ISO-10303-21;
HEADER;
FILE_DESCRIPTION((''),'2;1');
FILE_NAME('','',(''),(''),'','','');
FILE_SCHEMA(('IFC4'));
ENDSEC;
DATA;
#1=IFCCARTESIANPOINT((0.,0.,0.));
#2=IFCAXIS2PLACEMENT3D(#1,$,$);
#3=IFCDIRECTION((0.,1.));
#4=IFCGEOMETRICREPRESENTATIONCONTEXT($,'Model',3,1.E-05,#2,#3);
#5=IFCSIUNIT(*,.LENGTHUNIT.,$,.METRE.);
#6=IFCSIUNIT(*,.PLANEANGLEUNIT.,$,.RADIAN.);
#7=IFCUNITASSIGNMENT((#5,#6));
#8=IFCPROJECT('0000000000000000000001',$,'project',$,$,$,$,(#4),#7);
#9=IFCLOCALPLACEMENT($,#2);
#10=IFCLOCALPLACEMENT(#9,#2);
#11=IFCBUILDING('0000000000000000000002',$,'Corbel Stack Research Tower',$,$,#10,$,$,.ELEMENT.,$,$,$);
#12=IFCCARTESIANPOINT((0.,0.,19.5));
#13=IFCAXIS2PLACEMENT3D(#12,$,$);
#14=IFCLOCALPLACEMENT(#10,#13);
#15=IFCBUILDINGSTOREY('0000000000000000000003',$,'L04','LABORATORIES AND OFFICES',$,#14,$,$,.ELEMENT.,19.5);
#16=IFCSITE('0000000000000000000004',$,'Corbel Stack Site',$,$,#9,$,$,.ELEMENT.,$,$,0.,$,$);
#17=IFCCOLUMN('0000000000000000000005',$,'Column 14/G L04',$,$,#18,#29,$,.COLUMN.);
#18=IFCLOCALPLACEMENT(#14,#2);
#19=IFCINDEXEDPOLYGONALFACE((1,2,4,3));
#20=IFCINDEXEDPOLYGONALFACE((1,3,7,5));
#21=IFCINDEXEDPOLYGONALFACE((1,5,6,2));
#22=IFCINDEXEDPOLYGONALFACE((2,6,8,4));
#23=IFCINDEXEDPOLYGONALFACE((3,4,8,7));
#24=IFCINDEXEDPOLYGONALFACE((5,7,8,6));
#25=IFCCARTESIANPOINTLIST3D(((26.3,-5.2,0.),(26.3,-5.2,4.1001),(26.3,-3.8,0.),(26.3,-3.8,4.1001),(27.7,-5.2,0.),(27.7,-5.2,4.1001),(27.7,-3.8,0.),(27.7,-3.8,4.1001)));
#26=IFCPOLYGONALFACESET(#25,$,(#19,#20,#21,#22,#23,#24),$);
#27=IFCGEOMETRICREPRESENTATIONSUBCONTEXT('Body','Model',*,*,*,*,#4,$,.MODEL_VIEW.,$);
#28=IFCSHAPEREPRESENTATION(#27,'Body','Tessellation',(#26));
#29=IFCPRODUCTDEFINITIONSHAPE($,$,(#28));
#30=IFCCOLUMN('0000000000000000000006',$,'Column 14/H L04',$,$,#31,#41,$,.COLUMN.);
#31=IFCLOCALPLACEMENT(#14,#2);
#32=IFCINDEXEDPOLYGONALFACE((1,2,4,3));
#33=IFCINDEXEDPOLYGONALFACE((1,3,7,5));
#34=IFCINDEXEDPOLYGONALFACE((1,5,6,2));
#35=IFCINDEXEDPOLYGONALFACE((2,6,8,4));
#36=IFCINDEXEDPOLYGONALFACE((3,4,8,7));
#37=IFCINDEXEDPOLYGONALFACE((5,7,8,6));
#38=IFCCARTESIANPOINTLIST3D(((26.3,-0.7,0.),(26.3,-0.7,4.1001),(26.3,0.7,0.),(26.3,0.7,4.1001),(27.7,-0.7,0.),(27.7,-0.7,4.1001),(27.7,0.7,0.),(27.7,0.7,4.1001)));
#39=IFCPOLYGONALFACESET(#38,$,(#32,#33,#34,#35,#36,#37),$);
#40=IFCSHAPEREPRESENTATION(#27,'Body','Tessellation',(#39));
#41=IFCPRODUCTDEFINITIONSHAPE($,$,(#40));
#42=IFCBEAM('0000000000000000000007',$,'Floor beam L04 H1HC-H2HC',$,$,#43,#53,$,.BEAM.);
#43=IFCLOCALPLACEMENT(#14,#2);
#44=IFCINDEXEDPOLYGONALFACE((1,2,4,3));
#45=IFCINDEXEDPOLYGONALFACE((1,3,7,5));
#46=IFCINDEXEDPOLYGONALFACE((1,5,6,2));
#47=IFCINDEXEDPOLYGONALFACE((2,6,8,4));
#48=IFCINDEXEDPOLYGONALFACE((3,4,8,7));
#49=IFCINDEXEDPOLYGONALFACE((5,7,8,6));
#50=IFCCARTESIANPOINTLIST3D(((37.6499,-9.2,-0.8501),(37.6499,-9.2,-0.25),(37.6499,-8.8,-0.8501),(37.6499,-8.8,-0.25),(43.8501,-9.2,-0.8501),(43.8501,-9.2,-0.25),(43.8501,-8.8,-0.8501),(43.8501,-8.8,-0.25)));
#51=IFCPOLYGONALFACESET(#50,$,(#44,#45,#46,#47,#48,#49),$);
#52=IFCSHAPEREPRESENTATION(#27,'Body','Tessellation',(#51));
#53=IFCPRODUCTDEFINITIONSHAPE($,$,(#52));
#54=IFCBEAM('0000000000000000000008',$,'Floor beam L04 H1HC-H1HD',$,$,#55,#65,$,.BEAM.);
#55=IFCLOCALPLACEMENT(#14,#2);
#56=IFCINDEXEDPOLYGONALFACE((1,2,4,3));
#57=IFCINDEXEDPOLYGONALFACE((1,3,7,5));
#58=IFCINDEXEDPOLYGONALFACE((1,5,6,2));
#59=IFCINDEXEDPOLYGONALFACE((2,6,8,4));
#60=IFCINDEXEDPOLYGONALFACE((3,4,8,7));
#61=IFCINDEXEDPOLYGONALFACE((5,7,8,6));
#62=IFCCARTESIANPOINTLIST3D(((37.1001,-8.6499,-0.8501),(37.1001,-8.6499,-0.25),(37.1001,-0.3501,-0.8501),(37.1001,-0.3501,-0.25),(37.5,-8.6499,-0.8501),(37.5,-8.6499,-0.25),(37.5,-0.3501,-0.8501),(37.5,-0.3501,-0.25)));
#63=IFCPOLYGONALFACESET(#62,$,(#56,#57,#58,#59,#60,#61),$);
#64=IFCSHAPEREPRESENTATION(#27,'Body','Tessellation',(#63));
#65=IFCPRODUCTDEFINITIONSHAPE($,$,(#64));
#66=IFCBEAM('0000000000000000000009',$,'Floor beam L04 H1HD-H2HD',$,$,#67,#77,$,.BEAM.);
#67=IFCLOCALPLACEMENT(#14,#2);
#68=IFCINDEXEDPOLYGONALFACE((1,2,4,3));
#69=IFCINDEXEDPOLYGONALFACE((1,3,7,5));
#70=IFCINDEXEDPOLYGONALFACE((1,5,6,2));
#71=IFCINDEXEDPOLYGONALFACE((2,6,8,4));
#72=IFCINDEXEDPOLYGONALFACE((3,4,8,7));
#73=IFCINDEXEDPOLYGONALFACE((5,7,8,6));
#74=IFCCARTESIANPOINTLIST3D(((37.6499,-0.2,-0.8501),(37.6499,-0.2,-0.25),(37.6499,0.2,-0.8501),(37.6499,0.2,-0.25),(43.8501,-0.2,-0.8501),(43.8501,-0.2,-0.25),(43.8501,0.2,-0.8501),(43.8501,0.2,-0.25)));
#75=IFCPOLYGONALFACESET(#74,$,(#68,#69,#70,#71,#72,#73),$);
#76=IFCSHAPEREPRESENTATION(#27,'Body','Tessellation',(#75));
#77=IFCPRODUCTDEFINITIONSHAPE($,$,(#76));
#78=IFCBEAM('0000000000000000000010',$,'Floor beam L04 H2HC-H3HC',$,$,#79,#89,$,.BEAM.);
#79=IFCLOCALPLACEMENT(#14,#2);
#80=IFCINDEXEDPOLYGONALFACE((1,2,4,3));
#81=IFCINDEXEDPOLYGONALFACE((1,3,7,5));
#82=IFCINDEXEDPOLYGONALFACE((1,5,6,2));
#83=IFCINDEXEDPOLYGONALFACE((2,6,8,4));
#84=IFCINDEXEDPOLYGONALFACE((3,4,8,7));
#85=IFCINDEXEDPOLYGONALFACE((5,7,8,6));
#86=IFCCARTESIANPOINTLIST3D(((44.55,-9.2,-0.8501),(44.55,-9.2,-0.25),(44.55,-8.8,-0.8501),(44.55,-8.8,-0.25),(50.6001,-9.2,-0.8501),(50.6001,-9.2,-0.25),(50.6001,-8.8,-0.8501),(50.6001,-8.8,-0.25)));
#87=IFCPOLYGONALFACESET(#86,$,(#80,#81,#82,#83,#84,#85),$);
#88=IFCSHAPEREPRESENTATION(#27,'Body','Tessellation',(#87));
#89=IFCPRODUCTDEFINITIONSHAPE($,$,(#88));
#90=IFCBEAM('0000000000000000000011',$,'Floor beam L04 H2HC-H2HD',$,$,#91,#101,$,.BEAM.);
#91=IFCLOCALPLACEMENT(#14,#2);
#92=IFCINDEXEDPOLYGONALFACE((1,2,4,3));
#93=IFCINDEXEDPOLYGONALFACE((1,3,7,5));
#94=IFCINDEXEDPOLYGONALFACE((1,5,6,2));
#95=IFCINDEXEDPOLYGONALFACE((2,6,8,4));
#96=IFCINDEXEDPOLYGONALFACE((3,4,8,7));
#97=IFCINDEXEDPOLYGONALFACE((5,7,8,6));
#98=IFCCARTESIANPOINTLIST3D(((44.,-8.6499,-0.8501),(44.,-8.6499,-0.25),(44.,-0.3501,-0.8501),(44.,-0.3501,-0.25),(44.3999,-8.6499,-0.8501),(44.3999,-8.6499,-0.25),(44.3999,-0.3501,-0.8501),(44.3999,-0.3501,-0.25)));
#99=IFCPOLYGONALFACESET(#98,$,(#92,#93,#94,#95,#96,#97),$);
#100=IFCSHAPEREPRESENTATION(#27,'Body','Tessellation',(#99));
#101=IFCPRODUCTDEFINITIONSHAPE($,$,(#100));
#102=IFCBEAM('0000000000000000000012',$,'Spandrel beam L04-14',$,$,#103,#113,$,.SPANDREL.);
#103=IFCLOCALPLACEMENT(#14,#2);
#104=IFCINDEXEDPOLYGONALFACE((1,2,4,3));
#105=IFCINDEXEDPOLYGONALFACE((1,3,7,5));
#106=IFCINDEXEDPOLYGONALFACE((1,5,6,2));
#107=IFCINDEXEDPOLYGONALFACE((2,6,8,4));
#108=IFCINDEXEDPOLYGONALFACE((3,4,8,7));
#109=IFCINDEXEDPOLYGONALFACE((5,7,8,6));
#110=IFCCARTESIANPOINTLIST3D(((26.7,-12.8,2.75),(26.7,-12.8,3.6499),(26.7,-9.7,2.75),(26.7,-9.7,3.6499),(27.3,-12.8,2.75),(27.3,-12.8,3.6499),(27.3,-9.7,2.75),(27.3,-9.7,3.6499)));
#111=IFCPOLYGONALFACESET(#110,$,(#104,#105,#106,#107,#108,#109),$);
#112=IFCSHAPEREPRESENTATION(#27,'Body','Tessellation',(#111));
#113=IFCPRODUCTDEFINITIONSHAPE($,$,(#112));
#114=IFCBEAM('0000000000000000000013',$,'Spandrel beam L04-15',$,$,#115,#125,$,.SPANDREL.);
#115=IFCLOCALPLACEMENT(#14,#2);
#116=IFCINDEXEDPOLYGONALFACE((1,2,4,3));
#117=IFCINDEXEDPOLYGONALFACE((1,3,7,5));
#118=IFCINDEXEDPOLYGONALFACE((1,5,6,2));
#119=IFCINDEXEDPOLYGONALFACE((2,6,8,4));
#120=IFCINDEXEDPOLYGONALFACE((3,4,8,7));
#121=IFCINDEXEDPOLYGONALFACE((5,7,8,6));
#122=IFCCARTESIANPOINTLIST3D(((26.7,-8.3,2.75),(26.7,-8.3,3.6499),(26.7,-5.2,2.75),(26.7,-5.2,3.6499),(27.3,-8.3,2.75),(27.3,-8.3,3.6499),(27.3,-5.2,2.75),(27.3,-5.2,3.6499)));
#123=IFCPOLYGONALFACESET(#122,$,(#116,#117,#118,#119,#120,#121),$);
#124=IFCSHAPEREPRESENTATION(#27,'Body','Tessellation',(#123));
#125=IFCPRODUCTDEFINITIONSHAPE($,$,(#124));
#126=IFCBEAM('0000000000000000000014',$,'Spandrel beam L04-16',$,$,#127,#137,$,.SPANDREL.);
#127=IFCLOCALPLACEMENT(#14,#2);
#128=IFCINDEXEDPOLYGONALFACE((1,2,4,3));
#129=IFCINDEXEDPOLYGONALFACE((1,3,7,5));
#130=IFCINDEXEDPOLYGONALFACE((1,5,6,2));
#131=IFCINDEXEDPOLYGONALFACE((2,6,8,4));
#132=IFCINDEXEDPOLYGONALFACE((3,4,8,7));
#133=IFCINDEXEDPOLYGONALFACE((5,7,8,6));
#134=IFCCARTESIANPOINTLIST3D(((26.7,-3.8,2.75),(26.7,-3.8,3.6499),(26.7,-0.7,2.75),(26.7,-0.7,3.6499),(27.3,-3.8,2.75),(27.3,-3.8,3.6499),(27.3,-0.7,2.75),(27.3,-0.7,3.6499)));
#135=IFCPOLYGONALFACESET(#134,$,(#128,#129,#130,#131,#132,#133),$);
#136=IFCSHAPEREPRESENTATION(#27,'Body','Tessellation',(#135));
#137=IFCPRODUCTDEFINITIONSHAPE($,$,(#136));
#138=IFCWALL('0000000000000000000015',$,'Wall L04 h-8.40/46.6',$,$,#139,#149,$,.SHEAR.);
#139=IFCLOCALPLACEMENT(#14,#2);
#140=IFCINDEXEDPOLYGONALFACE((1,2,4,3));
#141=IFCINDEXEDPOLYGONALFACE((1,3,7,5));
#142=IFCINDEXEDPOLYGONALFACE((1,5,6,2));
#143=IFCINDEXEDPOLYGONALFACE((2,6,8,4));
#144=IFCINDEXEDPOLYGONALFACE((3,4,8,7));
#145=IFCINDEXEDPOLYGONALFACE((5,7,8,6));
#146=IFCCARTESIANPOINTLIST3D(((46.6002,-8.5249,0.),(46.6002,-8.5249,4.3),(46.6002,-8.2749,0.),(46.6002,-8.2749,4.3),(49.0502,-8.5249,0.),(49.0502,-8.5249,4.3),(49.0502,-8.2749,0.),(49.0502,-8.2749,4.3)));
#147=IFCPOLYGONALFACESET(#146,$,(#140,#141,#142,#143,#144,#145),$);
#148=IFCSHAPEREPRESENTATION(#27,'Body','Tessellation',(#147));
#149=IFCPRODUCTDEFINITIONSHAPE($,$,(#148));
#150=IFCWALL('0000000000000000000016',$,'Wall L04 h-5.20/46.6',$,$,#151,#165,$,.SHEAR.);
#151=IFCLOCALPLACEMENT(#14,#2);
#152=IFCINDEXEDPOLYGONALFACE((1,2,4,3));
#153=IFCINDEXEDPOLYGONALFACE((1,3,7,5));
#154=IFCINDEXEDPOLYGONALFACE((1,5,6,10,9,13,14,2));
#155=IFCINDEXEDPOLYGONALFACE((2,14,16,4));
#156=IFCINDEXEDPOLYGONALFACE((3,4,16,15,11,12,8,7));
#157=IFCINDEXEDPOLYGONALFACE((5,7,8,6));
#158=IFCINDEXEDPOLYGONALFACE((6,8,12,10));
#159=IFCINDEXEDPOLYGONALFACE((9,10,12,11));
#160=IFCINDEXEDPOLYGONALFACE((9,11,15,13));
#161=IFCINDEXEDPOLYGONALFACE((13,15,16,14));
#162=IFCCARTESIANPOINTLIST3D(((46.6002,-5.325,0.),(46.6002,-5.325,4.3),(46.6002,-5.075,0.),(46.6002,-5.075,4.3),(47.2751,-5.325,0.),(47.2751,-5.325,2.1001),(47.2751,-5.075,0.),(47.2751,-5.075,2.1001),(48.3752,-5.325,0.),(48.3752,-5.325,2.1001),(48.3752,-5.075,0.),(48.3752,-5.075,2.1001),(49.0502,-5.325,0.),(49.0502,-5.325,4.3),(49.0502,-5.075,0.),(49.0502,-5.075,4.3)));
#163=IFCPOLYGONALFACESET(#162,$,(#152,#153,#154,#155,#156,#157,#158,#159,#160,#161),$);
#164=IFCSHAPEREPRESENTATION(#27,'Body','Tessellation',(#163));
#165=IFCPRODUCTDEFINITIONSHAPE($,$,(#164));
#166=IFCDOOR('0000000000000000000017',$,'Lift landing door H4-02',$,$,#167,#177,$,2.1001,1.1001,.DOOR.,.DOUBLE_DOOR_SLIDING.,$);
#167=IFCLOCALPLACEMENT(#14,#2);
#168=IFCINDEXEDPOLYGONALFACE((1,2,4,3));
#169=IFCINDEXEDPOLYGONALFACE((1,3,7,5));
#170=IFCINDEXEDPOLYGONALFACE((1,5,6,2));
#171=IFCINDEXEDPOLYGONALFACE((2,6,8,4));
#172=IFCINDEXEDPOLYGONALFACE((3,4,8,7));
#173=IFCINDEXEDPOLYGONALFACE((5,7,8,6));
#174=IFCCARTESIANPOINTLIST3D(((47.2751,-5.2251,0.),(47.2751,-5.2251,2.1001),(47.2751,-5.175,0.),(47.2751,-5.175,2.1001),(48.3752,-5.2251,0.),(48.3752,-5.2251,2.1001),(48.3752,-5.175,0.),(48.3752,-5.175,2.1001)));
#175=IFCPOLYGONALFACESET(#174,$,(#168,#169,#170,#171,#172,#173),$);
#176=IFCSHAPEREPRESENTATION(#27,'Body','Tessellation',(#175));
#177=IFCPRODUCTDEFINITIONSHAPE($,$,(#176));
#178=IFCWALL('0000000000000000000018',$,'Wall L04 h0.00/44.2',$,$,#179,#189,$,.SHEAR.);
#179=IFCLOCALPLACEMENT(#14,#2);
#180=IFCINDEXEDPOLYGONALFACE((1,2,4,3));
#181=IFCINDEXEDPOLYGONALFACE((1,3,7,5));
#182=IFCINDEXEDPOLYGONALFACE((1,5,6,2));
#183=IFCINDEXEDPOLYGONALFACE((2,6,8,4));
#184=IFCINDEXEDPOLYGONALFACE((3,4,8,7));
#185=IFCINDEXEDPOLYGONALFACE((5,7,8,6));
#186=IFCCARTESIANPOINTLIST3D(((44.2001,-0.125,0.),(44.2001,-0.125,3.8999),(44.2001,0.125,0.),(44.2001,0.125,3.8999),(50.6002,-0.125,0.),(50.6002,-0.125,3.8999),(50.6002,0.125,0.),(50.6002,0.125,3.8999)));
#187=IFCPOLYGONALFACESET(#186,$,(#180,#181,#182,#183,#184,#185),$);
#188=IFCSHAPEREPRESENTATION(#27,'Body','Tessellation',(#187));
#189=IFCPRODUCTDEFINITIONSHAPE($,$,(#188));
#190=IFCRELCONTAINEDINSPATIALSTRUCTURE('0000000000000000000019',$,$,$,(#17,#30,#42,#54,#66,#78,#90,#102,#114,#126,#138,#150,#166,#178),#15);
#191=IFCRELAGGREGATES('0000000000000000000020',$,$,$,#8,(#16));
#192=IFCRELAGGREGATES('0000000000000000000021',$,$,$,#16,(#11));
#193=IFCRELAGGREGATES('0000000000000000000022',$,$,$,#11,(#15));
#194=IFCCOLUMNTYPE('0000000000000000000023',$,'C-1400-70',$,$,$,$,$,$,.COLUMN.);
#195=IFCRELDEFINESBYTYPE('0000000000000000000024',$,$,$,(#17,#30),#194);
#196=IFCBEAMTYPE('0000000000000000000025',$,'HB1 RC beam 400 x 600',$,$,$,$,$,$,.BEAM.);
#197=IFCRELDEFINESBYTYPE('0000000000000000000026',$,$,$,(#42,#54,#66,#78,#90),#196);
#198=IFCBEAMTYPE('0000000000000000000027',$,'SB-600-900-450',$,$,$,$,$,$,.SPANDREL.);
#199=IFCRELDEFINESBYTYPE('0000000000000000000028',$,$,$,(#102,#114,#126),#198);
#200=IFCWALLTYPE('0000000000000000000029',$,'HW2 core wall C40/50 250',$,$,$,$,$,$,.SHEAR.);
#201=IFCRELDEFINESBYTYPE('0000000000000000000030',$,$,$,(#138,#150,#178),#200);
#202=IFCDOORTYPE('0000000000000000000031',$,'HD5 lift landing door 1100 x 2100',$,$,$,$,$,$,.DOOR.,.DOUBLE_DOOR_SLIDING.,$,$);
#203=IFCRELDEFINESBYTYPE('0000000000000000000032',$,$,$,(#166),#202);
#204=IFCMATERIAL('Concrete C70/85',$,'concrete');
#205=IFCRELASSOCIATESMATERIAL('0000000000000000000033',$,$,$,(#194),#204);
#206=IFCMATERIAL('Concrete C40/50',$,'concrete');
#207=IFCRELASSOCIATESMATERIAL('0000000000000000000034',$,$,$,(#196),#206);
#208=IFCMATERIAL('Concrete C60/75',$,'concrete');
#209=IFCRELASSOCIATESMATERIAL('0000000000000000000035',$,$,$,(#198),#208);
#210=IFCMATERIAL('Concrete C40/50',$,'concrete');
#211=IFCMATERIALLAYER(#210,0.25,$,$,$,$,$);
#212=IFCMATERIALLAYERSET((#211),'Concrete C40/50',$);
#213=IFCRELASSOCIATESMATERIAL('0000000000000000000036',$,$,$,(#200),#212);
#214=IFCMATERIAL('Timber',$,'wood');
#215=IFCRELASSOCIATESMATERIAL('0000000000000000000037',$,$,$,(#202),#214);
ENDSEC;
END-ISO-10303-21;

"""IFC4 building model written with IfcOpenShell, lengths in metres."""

from ifc_helpers import new_model, si_unit, direction, frame, frame_2d, origin, origin_2d, place, context, subcontext, project, spatial, rectangle, extrude, material, layer, layer_set, material_profile, profile_set, type_object, element, fill, save


model = new_model("IFC4")

# Units and contexts
model_context = context("Model", 3, precision=1e-05, world=origin(), true_north=direction((0.0, 1.0)))
body_context = subcontext(model_context, "Body", "Model", "MODEL_VIEW")
ifc_project = project(units=[si_unit("LENGTHUNIT", "METRE"), si_unit("PLANEANGLEUNIT", "RADIAN")], contexts=[model_context])

# Site, building, storey
site_placement = place(None, origin())
site = spatial("IfcSite", under=ifc_project, at=site_placement, Name="Corbel Stack Site", CompositionType="ELEMENT", RefElevation=0.0)
building_placement = place(site_placement, origin())
building = spatial("IfcBuilding", under=site, at=building_placement, Name="Corbel Stack Research Tower", CompositionType="ELEMENT")
storey_placement = place(building_placement, frame((0.0, 0.0, 19.5)))
storey = spatial("IfcBuildingStorey", under=building, at=storey_placement, Name="L04", Description="LABORATORIES AND OFFICES", CompositionType="ELEMENT", Elevation=19.5)

# Columns
ifc_material_1 = material(Name="Concrete C70/85", Category="concrete")
ifc_material_profile_1 = material_profile(ifc_material_1, rectangle(XDim=1.3999, YDim=1.3999, at=origin_2d()), Name="RC 1400 x 1400")
ifc_profile_set_1 = profile_set([ifc_material_profile_1], Name="Concrete C70/85")
column_type = type_object("IfcColumnType", Name="C-1400-70", PredefinedType="COLUMN", material=ifc_profile_set_1)
for number, where, z_axis, x_axis, name in (
    (1, (27.0, -4.5, 0.0), (0.0, 0.0, 1.0), (1.0, 0.0, 0.0), "Column 14/G L04"),
    (2, (27.0, 0.0, 0.0), (0.0, 0.0, 1.0), (1.0, 0.0, 0.0), "Column 14/H L04"),
):
    element("IfcColumn", number, at=place(storey_placement, frame(where, z_axis=z_axis, x_axis=x_axis)), inside=storey, type_object=column_type, Name=name, PredefinedType="COLUMN", context=body_context, shape_type="SweptSolid", body=[
        extrude(rectangle(XDim=1.3999, YDim=1.3999, at=origin_2d()), origin(), (0.0, 0.0, 1.0), 4.1001),
    ])

# Beams
ifc_material_2 = material(Name="Concrete C40/50", Category="concrete")
ifc_material_profile_2 = material_profile(ifc_material_2, rectangle(XDim=0.3999, YDim=0.6001, at=origin_2d()), Name="RC 400 x 600")
ifc_profile_set_2 = profile_set([ifc_material_profile_2], Name="Concrete C40/50")
beam_type_1 = type_object("IfcBeamType", Name="HB1 RC beam 400 x 600", PredefinedType="BEAM", material=ifc_profile_set_2)
beam_1_placement = place(storey_placement, frame((37.6499, -9.0, -0.55), z_axis=(1.0, 0.0, 0.0), x_axis=(0.0, 1.0, 0.0)))
element("IfcBeam", 3, at=beam_1_placement, inside=storey, type_object=beam_type_1, Name="Floor beam L04 H1HC-H2HC", PredefinedType="BEAM", context=body_context, shape_type="SweptSolid", body=[
    extrude(rectangle(XDim=0.3999, YDim=0.6001, at=origin_2d()), origin(), (0.0, 0.0, 1.0), 6.2002),
])
beam_2_placement = place(storey_placement, frame((37.3, -8.6499, -0.55), z_axis=(0.0, 1.0, 0.0), x_axis=(-1.0, 0.0, 0.0)))
element("IfcBeam", 4, at=beam_2_placement, inside=storey, type_object=beam_type_1, Name="Floor beam L04 H1HC-H1HD", PredefinedType="BEAM", context=body_context, shape_type="SweptSolid", body=[
    extrude(rectangle(XDim=0.3999, YDim=0.6001, at=origin_2d()), origin(), (0.0, 0.0, 1.0), 8.2998),
])
beam_3_placement = place(storey_placement, frame((37.6499, 0.0, -0.55), z_axis=(1.0, 0.0, 0.0), x_axis=(0.0, 1.0, 0.0)))
element("IfcBeam", 5, at=beam_3_placement, inside=storey, type_object=beam_type_1, Name="Floor beam L04 H1HD-H2HD", PredefinedType="BEAM", context=body_context, shape_type="SweptSolid", body=[
    extrude(rectangle(XDim=0.3999, YDim=0.6001, at=origin_2d()), origin(), (0.0, 0.0, 1.0), 6.2002),
])
beam_4_placement = place(storey_placement, frame((44.55, -9.0, -0.55), z_axis=(1.0, 0.0, 0.0), x_axis=(0.0, 1.0, 0.0)))
element("IfcBeam", 6, at=beam_4_placement, inside=storey, type_object=beam_type_1, Name="Floor beam L04 H2HC-H3HC", PredefinedType="BEAM", context=body_context, shape_type="SweptSolid", body=[
    extrude(rectangle(XDim=0.3999, YDim=0.6001, at=origin_2d()), origin(), (0.0, 0.0, 1.0), 6.05),
])
beam_5_placement = place(storey_placement, frame((44.2, -8.6499, -0.55), z_axis=(0.0, 1.0, 0.0), x_axis=(-1.0, 0.0, 0.0)))
element("IfcBeam", 7, at=beam_5_placement, inside=storey, type_object=beam_type_1, Name="Floor beam L04 H2HC-H2HD", PredefinedType="BEAM", context=body_context, shape_type="SweptSolid", body=[
    extrude(rectangle(XDim=0.3999, YDim=0.6001, at=origin_2d()), origin(), (0.0, 0.0, 1.0), 8.2998),
])
ifc_material_3 = material(Name="Concrete C60/75", Category="concrete")
ifc_material_profile_3 = material_profile(ifc_material_3, rectangle(XDim=0.6001, YDim=0.8999, at=origin_2d()), Name="RC 600 x 900")
ifc_profile_set_3 = profile_set([ifc_material_profile_3], Name="Concrete C60/75")
beam_type_2 = type_object("IfcBeamType", Name="SB-600-900-450", PredefinedType="SPANDREL", material=ifc_profile_set_3)
for number, where, z_axis, x_axis, name in (
    (8, (27.0, -12.8, 3.2), (0.0, 1.0, 0.0), (-1.0, 0.0, 0.0), "Spandrel beam L04-14"),
    (9, (27.0, -8.3, 3.2), (0.0, 1.0, 0.0), (-1.0, 0.0, 0.0), "Spandrel beam L04-15"),
    (10, (27.0, -3.8, 3.2), (0.0, 1.0, 0.0), (-1.0, 0.0, 0.0), "Spandrel beam L04-16"),
):
    element("IfcBeam", number, at=place(storey_placement, frame(where, z_axis=z_axis, x_axis=x_axis)), inside=storey, type_object=beam_type_2, Name=name, PredefinedType="SPANDREL", context=body_context, shape_type="SweptSolid", body=[
        extrude(rectangle(XDim=0.6001, YDim=0.8999, at=origin_2d()), origin(), (0.0, 0.0, 1.0), 3.1001),
    ])

# Wall
ifc_material_4 = material(Name="Concrete C40/50", Category="concrete")
ifc_layer_1 = layer(ifc_material_4, 0.25)
ifc_layer_set_1 = layer_set([ifc_layer_1], Name="Concrete C40/50")
wall_type_1 = type_object("IfcWallType", Name="HW2 core wall C40/50 250", PredefinedType="SHEAR", material=ifc_layer_set_1)
wall_1_placement = place(storey_placement, frame((46.6001, -8.3999, 0.0), z_axis=(0.0, 0.0, 1.0), x_axis=(1.0, 0.0, 0.0)))
element("IfcWall", 11, at=wall_1_placement, inside=storey, type_object=wall_type_1, Name="Wall L04 h-8.40/46.6", PredefinedType="SHEAR", context=body_context, shape_type="SweptSolid", body=[
    extrude(rectangle(XDim=2.45, YDim=0.25, at=frame_2d((1.2251, 0.0))), origin(), (0.0, 0.0, 1.0), 4.3),
])

# Wall, opening, door
wall_2_placement = place(storey_placement, frame((46.6001, -5.2, 0.0), z_axis=(0.0, 0.0, 1.0), x_axis=(1.0, 0.0, 0.0)))
wall_2 = element("IfcWall", 12, at=wall_2_placement, inside=storey, type_object=wall_type_1, Name="Wall L04 h-5.20/46.6", PredefinedType="SHEAR", context=body_context, shape_type="SweptSolid", body=[
    extrude(rectangle(XDim=2.45, YDim=0.25, at=frame_2d((1.2251, 0.0))), origin(), (0.0, 0.0, 1.0), 4.3),
])
opening_1_placement = place(wall_2_placement, frame((0.675, 0.0, 0.0)))
opening_1 = element("IfcOpeningElement", 13, at=opening_1_placement, cuts=wall_2, PredefinedType="OPENING", context=body_context, shape_type="SweptSolid", body=[
    extrude(rectangle(XDim=1.1001, YDim=2.1001, at=frame_2d((0.55, 1.05))), frame((0.0, 0.135, 0.0), z_axis=(0.0, -1.0, 0.0), x_axis=(1.0, 0.0, 0.0)), (0.0, 0.0, 1.0), 0.27),
])
ifc_material_5 = material(Name="Timber", Category="wood")
door_type_1 = type_object("IfcDoorType", Name="HD5 lift landing door 1100 x 2100", OperationType="DOUBLE_DOOR_SLIDING", PredefinedType="DOOR", material=ifc_material_5)
door_1_placement = place(opening_1_placement, origin())
door_1 = element("IfcDoor", 14, at=door_1_placement, inside=storey, type_object=door_type_1, Name="Lift landing door H4-02", OperationType="DOUBLE_DOOR_SLIDING", OverallHeight=2.1001, OverallWidth=1.1001, PredefinedType="DOOR", context=body_context, shape_type="SweptSolid", body=[
    extrude(rectangle(XDim=1.1001, YDim=2.1001, at=frame_2d((0.55, 1.05))), frame((0.0, 0.0249, 0.0), z_axis=(0.0, -1.0, 0.0), x_axis=(1.0, 0.0, 0.0)), (0.0, 0.0, 1.0), 0.05),
])
fill(opening_1, door_1)

# Wall
wall_3_placement = place(storey_placement, frame((44.2, 0.0, 0.0), z_axis=(0.0, 0.0, 1.0), x_axis=(1.0, 0.0, 0.0)))
element("IfcWall", 15, at=wall_3_placement, inside=storey, type_object=wall_type_1, Name="Wall L04 h0.00/44.2", PredefinedType="SHEAR", context=body_context, shape_type="SweptSolid", body=[
    extrude(rectangle(XDim=6.4001, YDim=0.25, at=frame_2d((3.2002, 0.0))), origin(), (0.0, 0.0, 1.0), 3.8999),
])

save(model, "model.ifc")
